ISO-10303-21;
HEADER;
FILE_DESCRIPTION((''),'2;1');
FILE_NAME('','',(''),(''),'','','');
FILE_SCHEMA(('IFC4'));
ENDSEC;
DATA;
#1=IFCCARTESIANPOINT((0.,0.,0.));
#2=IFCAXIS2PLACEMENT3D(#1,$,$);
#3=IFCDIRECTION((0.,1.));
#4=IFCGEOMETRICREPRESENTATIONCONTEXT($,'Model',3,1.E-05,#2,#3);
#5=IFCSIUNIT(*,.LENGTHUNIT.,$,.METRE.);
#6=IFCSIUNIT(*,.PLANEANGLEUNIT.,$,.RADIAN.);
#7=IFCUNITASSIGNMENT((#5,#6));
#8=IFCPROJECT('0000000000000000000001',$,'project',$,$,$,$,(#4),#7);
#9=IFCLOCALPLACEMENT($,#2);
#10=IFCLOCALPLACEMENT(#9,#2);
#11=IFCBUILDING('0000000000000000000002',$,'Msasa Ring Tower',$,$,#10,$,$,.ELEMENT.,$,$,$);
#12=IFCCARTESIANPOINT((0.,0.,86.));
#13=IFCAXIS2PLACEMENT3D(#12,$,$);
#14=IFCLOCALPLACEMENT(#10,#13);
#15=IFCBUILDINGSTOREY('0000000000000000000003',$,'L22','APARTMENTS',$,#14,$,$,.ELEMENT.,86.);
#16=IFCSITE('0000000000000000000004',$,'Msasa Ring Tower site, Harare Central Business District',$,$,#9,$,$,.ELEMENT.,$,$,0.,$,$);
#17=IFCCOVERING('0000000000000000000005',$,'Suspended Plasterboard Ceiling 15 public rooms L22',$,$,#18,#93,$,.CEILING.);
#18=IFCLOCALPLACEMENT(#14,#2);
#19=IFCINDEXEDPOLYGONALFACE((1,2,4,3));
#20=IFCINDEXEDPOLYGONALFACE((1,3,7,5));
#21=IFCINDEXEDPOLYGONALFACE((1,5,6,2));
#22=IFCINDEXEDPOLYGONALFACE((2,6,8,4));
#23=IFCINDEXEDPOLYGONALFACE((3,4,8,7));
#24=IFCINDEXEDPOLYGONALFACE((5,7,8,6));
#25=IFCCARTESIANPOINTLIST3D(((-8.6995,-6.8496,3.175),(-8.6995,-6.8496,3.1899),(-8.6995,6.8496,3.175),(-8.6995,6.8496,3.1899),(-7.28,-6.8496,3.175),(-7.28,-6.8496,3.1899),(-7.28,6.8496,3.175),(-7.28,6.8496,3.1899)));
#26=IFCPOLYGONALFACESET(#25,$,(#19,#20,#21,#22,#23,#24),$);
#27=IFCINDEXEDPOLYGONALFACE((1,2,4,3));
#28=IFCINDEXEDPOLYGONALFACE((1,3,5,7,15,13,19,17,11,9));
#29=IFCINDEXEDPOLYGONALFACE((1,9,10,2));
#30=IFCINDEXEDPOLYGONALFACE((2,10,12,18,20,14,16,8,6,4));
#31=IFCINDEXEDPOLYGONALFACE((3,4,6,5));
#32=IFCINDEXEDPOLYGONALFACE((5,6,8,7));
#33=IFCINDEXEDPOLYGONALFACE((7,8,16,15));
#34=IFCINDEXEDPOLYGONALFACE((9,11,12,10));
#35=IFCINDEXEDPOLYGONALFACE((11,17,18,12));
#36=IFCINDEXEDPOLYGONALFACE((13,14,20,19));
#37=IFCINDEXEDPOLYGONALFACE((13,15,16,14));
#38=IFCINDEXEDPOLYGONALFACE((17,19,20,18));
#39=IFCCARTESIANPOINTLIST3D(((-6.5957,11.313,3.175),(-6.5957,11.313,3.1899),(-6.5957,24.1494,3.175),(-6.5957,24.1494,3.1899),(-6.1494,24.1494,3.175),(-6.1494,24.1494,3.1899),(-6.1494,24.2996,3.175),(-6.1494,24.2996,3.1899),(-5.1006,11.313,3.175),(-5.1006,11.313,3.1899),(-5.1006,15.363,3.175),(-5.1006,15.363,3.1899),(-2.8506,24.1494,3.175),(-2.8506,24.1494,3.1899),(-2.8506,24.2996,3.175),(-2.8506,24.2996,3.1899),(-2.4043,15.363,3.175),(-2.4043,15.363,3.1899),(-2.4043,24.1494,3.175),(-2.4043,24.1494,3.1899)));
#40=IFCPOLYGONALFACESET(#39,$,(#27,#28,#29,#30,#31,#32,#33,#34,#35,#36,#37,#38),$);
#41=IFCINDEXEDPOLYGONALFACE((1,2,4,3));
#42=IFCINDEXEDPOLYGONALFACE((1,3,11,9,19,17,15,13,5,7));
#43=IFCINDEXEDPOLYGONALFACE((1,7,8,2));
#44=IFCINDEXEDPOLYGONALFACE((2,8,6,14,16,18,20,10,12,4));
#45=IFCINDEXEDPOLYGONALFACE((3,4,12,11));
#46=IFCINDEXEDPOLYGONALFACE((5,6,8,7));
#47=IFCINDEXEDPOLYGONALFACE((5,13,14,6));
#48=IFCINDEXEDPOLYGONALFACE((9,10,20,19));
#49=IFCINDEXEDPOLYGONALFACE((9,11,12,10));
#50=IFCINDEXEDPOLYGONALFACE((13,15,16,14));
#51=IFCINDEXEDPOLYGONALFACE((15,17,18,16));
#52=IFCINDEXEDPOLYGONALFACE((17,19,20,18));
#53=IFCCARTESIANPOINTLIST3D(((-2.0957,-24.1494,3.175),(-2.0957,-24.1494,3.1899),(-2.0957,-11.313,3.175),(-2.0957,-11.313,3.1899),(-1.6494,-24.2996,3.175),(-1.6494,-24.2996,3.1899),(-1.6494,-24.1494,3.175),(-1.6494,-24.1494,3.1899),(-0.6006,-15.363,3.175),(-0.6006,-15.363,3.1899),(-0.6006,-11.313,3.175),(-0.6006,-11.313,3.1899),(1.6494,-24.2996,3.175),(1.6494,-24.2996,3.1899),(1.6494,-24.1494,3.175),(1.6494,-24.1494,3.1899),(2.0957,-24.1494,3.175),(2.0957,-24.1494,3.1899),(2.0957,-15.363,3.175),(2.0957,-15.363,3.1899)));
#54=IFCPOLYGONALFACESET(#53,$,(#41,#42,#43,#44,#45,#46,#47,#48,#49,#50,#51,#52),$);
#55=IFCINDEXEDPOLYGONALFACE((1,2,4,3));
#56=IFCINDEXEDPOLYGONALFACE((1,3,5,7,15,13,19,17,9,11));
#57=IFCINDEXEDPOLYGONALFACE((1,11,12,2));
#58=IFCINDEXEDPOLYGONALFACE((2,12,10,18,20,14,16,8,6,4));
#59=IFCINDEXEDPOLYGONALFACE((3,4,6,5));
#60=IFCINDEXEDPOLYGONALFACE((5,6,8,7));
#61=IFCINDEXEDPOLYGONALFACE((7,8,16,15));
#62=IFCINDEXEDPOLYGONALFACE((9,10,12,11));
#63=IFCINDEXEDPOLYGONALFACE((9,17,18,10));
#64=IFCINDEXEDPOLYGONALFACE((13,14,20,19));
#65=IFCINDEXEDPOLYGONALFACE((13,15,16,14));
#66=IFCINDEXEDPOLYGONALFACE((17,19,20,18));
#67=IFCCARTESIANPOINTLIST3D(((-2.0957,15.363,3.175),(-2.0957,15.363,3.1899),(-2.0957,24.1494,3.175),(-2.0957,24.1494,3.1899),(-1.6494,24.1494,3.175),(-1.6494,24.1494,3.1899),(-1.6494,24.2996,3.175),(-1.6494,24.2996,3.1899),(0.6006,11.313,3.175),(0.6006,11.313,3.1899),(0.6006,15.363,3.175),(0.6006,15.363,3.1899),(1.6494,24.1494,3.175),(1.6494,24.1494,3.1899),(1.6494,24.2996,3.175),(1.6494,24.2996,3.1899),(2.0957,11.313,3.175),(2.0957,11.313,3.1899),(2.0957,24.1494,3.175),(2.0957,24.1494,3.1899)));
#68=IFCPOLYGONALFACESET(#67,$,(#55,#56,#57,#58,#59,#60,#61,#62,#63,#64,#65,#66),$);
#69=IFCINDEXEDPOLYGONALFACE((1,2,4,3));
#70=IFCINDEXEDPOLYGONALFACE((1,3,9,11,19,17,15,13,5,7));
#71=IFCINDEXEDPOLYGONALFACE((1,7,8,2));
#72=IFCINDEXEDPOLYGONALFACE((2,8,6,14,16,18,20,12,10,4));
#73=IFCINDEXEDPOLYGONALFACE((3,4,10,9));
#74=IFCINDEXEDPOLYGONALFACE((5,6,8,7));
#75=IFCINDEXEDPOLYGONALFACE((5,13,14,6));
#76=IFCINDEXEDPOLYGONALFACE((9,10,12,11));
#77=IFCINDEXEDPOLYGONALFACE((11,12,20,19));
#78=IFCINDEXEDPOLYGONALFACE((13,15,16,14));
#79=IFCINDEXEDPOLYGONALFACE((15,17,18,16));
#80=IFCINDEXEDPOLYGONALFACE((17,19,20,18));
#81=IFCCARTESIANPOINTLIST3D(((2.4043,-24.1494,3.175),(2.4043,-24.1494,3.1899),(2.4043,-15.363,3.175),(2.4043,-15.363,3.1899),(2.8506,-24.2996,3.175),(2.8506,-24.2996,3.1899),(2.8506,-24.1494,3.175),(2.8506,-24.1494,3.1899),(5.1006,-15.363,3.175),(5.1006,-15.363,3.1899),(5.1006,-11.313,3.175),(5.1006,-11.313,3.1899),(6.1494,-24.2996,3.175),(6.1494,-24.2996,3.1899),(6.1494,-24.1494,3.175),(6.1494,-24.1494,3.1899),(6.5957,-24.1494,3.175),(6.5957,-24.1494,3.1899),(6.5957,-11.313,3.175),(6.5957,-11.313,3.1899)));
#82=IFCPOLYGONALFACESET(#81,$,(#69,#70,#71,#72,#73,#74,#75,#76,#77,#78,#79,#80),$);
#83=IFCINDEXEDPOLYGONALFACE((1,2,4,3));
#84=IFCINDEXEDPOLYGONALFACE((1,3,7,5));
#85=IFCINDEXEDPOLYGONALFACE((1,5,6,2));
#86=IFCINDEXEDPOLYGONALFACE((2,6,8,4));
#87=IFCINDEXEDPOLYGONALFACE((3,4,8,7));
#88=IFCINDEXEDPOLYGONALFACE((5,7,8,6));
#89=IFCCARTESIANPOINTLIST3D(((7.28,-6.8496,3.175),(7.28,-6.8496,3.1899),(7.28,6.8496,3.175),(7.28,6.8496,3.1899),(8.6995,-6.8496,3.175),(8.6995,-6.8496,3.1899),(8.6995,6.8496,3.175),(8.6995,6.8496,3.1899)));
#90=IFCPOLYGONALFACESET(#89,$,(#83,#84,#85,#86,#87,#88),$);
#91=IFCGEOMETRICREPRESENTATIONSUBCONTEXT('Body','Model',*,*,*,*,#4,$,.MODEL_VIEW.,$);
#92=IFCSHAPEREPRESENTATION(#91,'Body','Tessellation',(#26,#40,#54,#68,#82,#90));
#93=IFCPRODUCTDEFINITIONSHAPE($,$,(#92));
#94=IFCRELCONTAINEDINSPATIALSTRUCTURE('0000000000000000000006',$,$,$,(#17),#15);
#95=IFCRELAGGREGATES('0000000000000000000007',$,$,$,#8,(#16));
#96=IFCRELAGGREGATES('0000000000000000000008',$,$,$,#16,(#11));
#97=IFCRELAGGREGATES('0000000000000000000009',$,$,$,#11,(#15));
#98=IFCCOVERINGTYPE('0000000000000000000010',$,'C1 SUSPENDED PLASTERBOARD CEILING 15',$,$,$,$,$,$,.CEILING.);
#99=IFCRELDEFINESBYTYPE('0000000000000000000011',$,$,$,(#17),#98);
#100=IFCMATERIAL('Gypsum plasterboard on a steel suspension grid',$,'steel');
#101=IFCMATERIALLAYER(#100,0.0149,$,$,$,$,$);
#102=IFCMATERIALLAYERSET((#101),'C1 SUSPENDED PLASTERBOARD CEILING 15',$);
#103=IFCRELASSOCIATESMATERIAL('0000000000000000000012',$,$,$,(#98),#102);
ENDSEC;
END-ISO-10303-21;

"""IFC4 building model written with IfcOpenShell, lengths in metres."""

from ifc_helpers import new_model, si_unit, direction, frame, origin, place, context, subcontext, project, spatial, line, indexed_curve, outline, extrude, material, layer, layer_set, type_object, element, save


model = new_model("IFC4")

# Units and contexts
model_context = context("Model", 3, precision=1e-05, world=origin(), true_north=direction((0.0, 1.0)))
body_context = subcontext(model_context, "Body", "Model", "MODEL_VIEW")
ifc_project = project(units=[si_unit("LENGTHUNIT", "METRE"), si_unit("PLANEANGLEUNIT", "RADIAN")], contexts=[model_context])

# Site, building, storey
site_placement = place(None, origin())
site = spatial("IfcSite", under=ifc_project, at=site_placement, Name="Msasa Ring Tower site, Harare Central Business District", CompositionType="ELEMENT", RefElevation=0.0)
building_placement = place(site_placement, origin())
building = spatial("IfcBuilding", under=site, at=building_placement, Name="Msasa Ring Tower", CompositionType="ELEMENT")
storey_placement = place(building_placement, frame((0.0, 0.0, 86.0)))
storey = spatial("IfcBuildingStorey", under=building, at=storey_placement, Name="L22", Description="APARTMENTS", CompositionType="ELEMENT", Elevation=86.0)

# Covering
ifc_material_1 = material(Name="Gypsum plasterboard on a steel suspension grid", Category="steel")
ifc_layer_1 = layer(ifc_material_1, 0.0149)
ifc_layer_set_1 = layer_set([ifc_layer_1], Name="C1 SUSPENDED PLASTERBOARD CEILING 15")
covering_type_1 = type_object("IfcCoveringType", Name="C1 SUSPENDED PLASTERBOARD CEILING 15", PredefinedType="CEILING", material=ifc_layer_set_1)
covering_1_placement = place(storey_placement, frame((0.0, 0.0, 3.175)))
element("IfcCovering", 1, at=covering_1_placement, inside=storey, type_object=covering_type_1, Name="Suspended Plasterboard Ceiling 15 public rooms L22", PredefinedType="CEILING", context=body_context, shape_type="SweptSolid", body=[
    extrude(outline(indexed_curve([(-8.6995, -6.8496), (-8.6995, 6.8496), (-7.28, 6.8496), (-7.28, -6.8496)], segments=[line(1, 2, 3, 4, 1)], self_intersect=False)), origin(), (0.0, 0.0, 1.0), 0.0149),
    extrude(outline(indexed_curve([(-5.1006, 11.313), (-6.5957, 11.313), (-6.5957, 24.1494), (-6.1494, 24.1494), (-6.1494, 24.2996), (-2.8506, 24.2996), (-2.8506, 24.1494), (-2.4043, 24.1494), (-2.4043, 15.363), (-5.1006, 15.363)], segments=[line(1, 2, 3, 4, 5, 6, 7, 8, 9, 10, 1)], self_intersect=False)), origin(), (0.0, 0.0, 1.0), 0.0149),
    extrude(outline(indexed_curve([(2.0957, -15.363), (2.0957, -24.1494), (1.6494, -24.1494), (1.6494, -24.2996), (-1.6494, -24.2996), (-1.6494, -24.1494), (-2.0957, -24.1494), (-2.0957, -11.313), (-0.6006, -11.313), (-0.6006, -15.363)], segments=[line(1, 2, 3, 4, 5, 6, 7, 8, 9, 10, 1)], self_intersect=False)), origin(), (0.0, 0.0, 1.0), 0.0149),
    extrude(outline(indexed_curve([(1.6494, 24.2996), (1.6494, 24.1494), (2.0957, 24.1494), (2.0957, 11.313), (0.6006, 11.313), (0.6006, 15.363), (-2.0957, 15.363), (-2.0957, 24.1494), (-1.6494, 24.1494), (-1.6494, 24.2996)], segments=[line(1, 2, 3, 4, 5, 6, 7, 8, 9, 10, 1)], self_intersect=False)), origin(), (0.0, 0.0, 1.0), 0.0149),
    extrude(outline(indexed_curve([(5.1006, -11.313), (6.5957, -11.313), (6.5957, -24.1494), (6.1494, -24.1494), (6.1494, -24.2996), (2.8506, -24.2996), (2.8506, -24.1494), (2.4043, -24.1494), (2.4043, -15.363), (5.1006, -15.363)], segments=[line(1, 2, 3, 4, 5, 6, 7, 8, 9, 10, 1)], self_intersect=False)), origin(), (0.0, 0.0, 1.0), 0.0149),
    extrude(outline(indexed_curve([(8.6995, -6.8496), (7.28, -6.8496), (7.28, 6.8496), (8.6995, 6.8496)], segments=[line(1, 2, 3, 4, 1)], self_intersect=False)), origin(), (0.0, 0.0, 1.0), 0.0149),
])

save(model, "model.ifc")
